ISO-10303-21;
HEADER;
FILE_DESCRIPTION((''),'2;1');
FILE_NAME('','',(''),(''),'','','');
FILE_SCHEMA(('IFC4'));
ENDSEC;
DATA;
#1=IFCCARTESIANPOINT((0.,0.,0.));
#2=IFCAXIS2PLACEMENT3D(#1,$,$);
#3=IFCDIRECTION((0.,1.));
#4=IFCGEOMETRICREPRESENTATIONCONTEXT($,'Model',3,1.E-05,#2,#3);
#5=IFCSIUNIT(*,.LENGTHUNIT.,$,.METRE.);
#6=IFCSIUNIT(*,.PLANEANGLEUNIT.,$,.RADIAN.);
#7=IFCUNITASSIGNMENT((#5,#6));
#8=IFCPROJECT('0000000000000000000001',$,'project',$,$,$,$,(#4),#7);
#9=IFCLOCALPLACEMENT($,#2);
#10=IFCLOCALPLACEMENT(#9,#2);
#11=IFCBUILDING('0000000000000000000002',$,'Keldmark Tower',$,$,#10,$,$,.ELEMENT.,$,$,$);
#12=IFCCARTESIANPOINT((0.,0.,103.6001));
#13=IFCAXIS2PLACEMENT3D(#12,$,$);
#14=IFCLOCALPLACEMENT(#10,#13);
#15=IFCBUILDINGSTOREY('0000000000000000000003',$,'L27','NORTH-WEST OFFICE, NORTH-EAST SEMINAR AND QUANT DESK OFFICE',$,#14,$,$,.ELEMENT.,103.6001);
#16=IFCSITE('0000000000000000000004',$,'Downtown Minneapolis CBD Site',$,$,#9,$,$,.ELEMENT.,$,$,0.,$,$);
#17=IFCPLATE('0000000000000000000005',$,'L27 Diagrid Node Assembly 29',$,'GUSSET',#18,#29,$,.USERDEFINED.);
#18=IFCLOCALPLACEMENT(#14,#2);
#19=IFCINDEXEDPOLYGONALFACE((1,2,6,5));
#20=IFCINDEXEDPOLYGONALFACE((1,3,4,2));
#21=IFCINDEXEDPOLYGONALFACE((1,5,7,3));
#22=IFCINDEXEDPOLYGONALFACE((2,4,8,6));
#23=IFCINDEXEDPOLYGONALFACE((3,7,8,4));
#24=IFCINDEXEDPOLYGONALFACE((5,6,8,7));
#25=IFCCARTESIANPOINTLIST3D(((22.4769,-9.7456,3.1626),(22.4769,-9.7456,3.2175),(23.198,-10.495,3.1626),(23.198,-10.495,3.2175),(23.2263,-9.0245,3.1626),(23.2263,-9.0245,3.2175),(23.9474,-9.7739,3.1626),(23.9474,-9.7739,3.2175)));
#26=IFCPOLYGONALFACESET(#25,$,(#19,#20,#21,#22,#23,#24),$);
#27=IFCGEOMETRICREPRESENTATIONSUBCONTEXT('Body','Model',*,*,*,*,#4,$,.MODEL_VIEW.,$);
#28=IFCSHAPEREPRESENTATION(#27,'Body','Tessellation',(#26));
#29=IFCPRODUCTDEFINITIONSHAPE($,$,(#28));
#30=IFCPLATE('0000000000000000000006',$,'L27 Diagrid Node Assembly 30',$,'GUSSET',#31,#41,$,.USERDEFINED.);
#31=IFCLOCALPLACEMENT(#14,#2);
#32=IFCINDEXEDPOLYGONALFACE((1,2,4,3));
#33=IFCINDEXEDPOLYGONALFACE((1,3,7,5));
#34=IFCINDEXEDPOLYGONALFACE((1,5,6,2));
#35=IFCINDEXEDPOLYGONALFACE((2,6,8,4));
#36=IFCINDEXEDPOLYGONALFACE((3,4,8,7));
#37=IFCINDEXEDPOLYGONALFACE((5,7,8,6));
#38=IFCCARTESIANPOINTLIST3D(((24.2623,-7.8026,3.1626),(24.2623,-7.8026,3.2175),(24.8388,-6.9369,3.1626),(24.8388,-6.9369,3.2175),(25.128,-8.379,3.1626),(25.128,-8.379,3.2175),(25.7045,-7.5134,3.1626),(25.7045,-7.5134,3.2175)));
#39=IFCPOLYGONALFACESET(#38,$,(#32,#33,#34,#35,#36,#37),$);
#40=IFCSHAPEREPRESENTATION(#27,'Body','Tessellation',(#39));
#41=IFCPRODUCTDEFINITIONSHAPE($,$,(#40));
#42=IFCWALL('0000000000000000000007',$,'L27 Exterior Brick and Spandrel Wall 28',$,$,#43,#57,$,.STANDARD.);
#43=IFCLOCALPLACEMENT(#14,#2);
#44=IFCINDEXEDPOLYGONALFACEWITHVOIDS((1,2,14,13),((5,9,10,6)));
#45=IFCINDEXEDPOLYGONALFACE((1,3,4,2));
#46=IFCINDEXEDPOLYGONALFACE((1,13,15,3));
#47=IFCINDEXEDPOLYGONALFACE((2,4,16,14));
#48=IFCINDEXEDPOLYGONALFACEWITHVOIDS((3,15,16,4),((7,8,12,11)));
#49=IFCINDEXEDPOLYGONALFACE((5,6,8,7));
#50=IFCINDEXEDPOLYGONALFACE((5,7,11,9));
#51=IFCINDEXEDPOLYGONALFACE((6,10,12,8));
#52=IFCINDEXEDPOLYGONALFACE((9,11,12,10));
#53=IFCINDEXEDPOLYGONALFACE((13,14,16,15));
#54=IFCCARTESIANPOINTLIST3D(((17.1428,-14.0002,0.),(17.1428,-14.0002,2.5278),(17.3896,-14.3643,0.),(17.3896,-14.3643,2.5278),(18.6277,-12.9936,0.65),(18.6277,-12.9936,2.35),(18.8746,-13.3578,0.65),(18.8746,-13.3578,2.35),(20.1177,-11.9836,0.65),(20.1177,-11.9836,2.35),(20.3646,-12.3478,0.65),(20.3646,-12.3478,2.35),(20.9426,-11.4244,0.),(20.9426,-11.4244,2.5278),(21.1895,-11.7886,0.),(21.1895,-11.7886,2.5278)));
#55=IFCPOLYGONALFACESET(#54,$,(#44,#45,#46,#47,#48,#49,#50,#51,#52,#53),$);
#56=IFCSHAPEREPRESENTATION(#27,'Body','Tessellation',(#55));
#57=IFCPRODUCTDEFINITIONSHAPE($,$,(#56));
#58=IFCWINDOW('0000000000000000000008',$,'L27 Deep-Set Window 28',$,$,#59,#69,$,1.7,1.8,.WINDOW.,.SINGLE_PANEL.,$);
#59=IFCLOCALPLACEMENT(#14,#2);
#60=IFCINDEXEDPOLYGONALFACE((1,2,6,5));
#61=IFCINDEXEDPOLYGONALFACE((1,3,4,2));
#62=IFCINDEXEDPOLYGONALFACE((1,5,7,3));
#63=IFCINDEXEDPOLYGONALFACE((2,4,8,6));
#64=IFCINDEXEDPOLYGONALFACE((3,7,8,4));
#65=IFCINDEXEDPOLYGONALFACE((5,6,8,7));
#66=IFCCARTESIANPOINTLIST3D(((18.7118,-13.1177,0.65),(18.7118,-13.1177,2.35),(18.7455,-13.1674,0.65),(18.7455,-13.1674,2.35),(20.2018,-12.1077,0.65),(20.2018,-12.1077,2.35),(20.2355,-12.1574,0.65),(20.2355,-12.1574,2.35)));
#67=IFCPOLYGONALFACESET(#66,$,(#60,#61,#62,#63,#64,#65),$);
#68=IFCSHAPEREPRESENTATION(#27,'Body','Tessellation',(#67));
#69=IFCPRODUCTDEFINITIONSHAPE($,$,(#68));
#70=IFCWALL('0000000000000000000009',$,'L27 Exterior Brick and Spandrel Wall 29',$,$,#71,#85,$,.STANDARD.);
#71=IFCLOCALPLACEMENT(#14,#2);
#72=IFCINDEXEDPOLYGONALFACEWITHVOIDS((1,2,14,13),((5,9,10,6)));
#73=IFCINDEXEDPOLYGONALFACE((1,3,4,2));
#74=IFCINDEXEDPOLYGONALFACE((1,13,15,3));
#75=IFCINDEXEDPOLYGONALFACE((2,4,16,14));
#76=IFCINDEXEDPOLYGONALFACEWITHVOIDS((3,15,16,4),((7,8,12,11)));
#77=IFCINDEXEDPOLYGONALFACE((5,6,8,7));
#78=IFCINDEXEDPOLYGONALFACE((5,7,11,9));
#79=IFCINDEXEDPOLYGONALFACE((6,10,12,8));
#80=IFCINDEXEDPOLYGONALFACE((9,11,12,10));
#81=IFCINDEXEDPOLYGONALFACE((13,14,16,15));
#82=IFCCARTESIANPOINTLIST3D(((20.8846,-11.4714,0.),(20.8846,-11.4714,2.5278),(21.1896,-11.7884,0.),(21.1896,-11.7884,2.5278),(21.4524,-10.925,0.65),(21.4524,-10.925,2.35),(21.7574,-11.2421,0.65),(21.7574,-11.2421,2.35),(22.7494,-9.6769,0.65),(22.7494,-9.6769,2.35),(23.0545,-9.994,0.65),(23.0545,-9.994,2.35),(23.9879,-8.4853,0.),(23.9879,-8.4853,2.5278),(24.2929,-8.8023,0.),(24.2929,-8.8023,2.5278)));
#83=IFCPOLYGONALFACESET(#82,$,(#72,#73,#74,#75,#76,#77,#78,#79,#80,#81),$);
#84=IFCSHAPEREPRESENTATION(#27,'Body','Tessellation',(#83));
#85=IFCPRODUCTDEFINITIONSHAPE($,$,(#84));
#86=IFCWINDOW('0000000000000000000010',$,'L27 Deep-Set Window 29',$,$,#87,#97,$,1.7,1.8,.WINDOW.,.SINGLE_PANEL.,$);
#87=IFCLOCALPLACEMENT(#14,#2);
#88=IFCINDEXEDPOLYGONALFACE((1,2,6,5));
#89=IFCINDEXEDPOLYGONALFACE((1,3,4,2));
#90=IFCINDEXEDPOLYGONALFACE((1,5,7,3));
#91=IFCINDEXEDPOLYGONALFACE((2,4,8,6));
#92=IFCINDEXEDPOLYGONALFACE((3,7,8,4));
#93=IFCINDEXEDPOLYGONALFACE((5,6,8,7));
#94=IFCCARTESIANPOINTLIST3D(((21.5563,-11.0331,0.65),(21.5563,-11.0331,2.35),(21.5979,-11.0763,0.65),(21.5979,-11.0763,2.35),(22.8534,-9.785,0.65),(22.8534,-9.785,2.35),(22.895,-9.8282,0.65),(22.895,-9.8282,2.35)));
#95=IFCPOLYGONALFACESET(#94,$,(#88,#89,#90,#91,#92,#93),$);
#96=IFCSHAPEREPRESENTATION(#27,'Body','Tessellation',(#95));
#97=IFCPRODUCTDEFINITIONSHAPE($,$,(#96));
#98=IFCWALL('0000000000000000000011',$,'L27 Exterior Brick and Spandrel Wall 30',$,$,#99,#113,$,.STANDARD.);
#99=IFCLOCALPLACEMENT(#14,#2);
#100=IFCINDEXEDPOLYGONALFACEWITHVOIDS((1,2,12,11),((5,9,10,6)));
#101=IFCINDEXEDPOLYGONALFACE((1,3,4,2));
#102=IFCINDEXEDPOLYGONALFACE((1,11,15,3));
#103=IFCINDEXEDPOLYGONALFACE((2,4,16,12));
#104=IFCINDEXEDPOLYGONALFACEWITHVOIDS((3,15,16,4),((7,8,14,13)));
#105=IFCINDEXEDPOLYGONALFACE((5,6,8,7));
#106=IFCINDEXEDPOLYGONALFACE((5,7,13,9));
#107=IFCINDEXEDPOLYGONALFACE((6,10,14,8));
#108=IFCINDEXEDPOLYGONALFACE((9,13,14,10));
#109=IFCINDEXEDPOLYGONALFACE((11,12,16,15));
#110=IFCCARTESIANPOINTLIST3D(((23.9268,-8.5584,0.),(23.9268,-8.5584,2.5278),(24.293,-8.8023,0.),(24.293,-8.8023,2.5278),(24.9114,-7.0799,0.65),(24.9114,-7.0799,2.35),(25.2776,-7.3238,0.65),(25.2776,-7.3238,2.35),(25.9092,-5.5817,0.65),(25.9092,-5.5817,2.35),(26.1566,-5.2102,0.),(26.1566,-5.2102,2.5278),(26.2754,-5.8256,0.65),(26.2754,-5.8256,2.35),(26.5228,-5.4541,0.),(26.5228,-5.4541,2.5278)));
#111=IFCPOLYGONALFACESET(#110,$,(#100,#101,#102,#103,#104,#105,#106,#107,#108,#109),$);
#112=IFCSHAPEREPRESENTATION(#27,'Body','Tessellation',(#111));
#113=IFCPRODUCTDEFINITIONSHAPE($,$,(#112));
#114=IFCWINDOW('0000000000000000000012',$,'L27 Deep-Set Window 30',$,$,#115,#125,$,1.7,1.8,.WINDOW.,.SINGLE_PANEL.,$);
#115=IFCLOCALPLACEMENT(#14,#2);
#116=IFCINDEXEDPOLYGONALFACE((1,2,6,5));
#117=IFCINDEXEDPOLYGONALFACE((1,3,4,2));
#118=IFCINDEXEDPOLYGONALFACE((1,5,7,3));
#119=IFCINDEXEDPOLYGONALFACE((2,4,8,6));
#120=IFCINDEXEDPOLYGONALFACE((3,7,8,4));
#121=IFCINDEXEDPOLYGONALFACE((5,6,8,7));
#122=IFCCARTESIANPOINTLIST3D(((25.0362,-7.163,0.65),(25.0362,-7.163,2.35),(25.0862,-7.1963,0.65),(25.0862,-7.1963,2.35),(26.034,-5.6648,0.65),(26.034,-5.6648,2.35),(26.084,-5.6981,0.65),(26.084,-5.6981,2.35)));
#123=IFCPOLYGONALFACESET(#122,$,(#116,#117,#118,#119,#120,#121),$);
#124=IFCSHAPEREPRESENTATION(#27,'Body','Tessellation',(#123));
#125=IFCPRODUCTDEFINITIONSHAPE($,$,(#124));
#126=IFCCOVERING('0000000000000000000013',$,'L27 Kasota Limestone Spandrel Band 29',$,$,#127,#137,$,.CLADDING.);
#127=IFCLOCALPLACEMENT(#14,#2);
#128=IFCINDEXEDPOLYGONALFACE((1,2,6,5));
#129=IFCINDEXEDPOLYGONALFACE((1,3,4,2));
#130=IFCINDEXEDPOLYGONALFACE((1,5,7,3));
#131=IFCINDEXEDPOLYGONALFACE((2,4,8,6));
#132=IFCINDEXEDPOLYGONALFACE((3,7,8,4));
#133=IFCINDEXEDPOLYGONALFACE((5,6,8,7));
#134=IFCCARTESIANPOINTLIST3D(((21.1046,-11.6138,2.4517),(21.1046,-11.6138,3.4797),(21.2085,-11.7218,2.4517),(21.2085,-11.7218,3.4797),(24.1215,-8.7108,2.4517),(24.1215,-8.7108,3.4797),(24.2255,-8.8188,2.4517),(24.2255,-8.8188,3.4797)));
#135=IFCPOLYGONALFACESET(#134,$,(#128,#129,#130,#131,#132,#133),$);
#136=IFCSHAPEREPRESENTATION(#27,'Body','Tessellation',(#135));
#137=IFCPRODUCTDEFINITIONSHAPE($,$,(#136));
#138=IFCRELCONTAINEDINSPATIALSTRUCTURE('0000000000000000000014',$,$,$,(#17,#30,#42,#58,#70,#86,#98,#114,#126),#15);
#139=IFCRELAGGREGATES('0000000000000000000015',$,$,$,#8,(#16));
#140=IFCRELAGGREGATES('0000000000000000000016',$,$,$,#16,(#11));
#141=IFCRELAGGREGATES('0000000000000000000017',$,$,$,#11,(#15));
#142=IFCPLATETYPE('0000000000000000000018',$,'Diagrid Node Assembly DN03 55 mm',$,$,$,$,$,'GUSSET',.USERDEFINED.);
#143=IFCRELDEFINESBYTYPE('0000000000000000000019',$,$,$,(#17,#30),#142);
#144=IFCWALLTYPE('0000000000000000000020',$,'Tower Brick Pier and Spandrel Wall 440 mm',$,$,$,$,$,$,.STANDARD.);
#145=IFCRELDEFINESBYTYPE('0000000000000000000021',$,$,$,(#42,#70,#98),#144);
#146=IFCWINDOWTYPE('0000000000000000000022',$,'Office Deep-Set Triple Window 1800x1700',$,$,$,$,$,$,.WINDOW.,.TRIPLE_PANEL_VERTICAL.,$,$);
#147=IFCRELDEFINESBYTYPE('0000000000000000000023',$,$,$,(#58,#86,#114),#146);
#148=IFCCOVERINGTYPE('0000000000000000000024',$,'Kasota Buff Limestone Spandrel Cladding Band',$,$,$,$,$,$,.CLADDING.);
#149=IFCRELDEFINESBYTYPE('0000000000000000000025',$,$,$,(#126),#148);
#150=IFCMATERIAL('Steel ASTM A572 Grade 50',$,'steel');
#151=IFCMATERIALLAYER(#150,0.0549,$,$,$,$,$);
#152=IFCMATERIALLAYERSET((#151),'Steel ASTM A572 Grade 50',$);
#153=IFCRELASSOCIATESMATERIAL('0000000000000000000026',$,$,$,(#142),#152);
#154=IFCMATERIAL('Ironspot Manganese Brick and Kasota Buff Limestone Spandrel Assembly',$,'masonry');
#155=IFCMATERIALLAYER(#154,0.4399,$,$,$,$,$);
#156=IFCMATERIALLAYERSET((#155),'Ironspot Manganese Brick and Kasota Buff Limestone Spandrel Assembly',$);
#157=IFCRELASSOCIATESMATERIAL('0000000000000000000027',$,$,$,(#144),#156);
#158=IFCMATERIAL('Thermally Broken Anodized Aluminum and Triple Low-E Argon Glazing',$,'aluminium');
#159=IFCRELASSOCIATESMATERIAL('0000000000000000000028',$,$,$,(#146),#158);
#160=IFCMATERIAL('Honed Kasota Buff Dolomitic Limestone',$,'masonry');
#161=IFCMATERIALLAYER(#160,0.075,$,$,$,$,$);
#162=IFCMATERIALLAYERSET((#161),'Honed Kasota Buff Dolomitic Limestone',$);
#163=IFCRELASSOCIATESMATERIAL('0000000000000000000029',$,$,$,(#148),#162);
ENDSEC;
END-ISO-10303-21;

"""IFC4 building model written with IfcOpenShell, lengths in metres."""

from ifc_helpers import new_model, si_unit, direction, frame, frame_2d, origin, origin_2d, place, context, subcontext, project, spatial, rectangle, extrude, material, layer, layer_set, type_object, element, fill, save


model = new_model("IFC4")

# Units and contexts
model_context = context("Model", 3, precision=1e-05, world=origin(), true_north=direction((0.0, 1.0)))
body_context = subcontext(model_context, "Body", "Model", "MODEL_VIEW")
ifc_project = project(units=[si_unit("LENGTHUNIT", "METRE"), si_unit("PLANEANGLEUNIT", "RADIAN")], contexts=[model_context])

# Site, building, storey
site_placement = place(None, origin())
site = spatial("IfcSite", under=ifc_project, at=site_placement, Name="Downtown Minneapolis CBD Site", CompositionType="ELEMENT", RefElevation=0.0)
building_placement = place(site_placement, origin())
building = spatial("IfcBuilding", under=site, at=building_placement, Name="Keldmark Tower", CompositionType="ELEMENT")
storey_placement = place(building_placement, frame((0.0, 0.0, 103.6001)))
storey = spatial("IfcBuildingStorey", under=building, at=storey_placement, Name="L27", Description="NORTH-WEST OFFICE, NORTH-EAST SEMINAR AND QUANT DESK OFFICE", CompositionType="ELEMENT", Elevation=103.6001)

# Plates
ifc_material_1 = material(Name="Steel ASTM A572 Grade 50", Category="steel")
ifc_layer_1 = layer(ifc_material_1, 0.0549)
ifc_layer_set_1 = layer_set([ifc_layer_1], Name="Steel ASTM A572 Grade 50")
plate_type = type_object("IfcPlateType", Name="Diagrid Node Assembly DN03 55 mm", ElementType="GUSSET", PredefinedType="USERDEFINED", material=ifc_layer_set_1)
for number, where, z_axis, x_axis, name in (
    (1, (23.2122, -9.7598, 3.1626), (0.0, 0.0, 1.0), (0.720551, 0.693402, 0.0), "L27 Diagrid Node Assembly 29"),
    (2, (24.9834, -7.658, 3.1626), (0.0, 0.0, 1.0), (0.554263, 0.832341, 0.0), "L27 Diagrid Node Assembly 30"),
):
    element("IfcPlate", number, at=place(storey_placement, frame(where, z_axis=z_axis, x_axis=x_axis)), inside=storey, type_object=plate_type, Name=name, ObjectType="GUSSET", PredefinedType="USERDEFINED", context=body_context, shape_type="SweptSolid", body=[
        extrude(rectangle(XDim=1.04, YDim=1.04, at=origin_2d()), origin(), (0.0, 0.0, 1.0), 0.0549),
    ])

# Walls, openings, windows
ifc_material_2 = material(Name="Ironspot Manganese Brick and Kasota Buff Limestone Spandrel Assembly", Category="masonry")
ifc_layer_2 = layer(ifc_material_2, 0.4399)
ifc_layer_set_2 = layer_set([ifc_layer_2], Name="Ironspot Manganese Brick and Kasota Buff Limestone Spandrel Assembly")
wall_type = type_object("IfcWallType", Name="Tower Brick Pier and Spandrel Wall 440 mm", PredefinedType="STANDARD", material=ifc_layer_set_2)
wall_1_placement = place(storey_placement, frame((21.0662, -11.6064, 0.0), z_axis=(0.0, 0.0, 1.0), x_axis=(-0.827755, -0.56109, 0.0)))
wall_1 = element("IfcWall", 3, at=wall_1_placement, inside=storey, type_object=wall_type, Name="L27 Exterior Brick and Spandrel Wall 28", PredefinedType="STANDARD", context=body_context, shape_type="SweptSolid", body=[
    extrude(rectangle(XDim=4.5906, YDim=0.4399, at=frame_2d((2.2954, 0.0))), origin(), (0.0, 0.0, 1.0), 2.5278),
])
opening_1_placement = place(wall_1_placement, frame((0.9968, 0.0, 0.6499)))
opening_1 = element("IfcOpeningElement", 4, at=opening_1_placement, cuts=wall_1, PredefinedType="OPENING", context=body_context, shape_type="SweptSolid", body=[
    extrude(rectangle(XDim=1.8, YDim=1.7, at=frame_2d((0.8999, 0.8501))), frame((0.0, 0.23, 0.0), z_axis=(0.0, -1.0, 0.0), x_axis=(1.0, 0.0, 0.0)), (0.0, 0.0, 1.0), 0.46),
])
ifc_material_3 = material(Name="Thermally Broken Anodized Aluminum and Triple Low-E Argon Glazing", Category="aluminium")
window_type = type_object("IfcWindowType", Name="Office Deep-Set Triple Window 1800x1700", PartitioningType="TRIPLE_PANEL_VERTICAL", PredefinedType="WINDOW", material=ifc_material_3)
window_1_placement = place(opening_1_placement, origin())
window_1 = element("IfcWindow", 5, at=window_1_placement, inside=storey, type_object=window_type, Name="L27 Deep-Set Window 28", OverallHeight=1.7, OverallWidth=1.8, PartitioningType="SINGLE_PANEL", PredefinedType="WINDOW", context=body_context, shape_type="SweptSolid", body=[
    extrude(rectangle(XDim=1.8, YDim=1.7, at=frame_2d((0.8999, 0.8501))), frame((0.0, -0.01, 0.0), z_axis=(0.0, -1.0, 0.0), x_axis=(1.0, 0.0, 0.0)), (0.0, 0.0, 1.0), 0.0601),
])
fill(opening_1, window_1)
wall_2_placement = place(storey_placement, frame((24.1404, -8.6438, 0.0), z_axis=(0.0, 0.0, 1.0), x_axis=(-0.720581, -0.69337, 0.0)))
wall_2 = element("IfcWall", 6, at=wall_2_placement, inside=storey, type_object=wall_type, Name="L27 Exterior Brick and Spandrel Wall 29", PredefinedType="STANDARD", context=body_context, shape_type="SweptSolid", body=[
    extrude(rectangle(XDim=4.3066, YDim=0.4399, at=frame_2d((2.1533, 0.0))), origin(), (0.0, 0.0, 1.0), 2.5278),
])
opening_2_placement = place(wall_2_placement, frame((1.7188, 0.0, 0.6499)))
opening_2 = element("IfcOpeningElement", 7, at=opening_2_placement, cuts=wall_2, PredefinedType="OPENING", context=body_context, shape_type="SweptSolid", body=[
    extrude(rectangle(XDim=1.8, YDim=1.7, at=frame_2d((0.8999, 0.8501))), frame((0.0, 0.23, 0.0), z_axis=(0.0, -1.0, 0.0), x_axis=(1.0, 0.0, 0.0)), (0.0, 0.0, 1.0), 0.46),
])
window_2_placement = place(opening_2_placement, origin())
window_2 = element("IfcWindow", 8, at=window_2_placement, inside=storey, type_object=window_type, Name="L27 Deep-Set Window 29", OverallHeight=1.7, OverallWidth=1.8, PartitioningType="SINGLE_PANEL", PredefinedType="WINDOW", context=body_context, shape_type="SweptSolid", body=[
    extrude(rectangle(XDim=1.8, YDim=1.7, at=frame_2d((0.8999, 0.8501))), frame((0.0, -0.01, 0.0), z_axis=(0.0, -1.0, 0.0), x_axis=(1.0, 0.0, 0.0)), (0.0, 0.0, 1.0), 0.0601),
])
fill(opening_2, window_2)
wall_3_placement = place(storey_placement, frame((26.3396, -5.3323, 0.0), z_axis=(0.0, 0.0, 1.0), x_axis=(-0.554294, -0.832321, 0.0)))
wall_3 = element("IfcWall", 9, at=wall_3_placement, inside=storey, type_object=wall_type, Name="L27 Exterior Brick and Spandrel Wall 30", PredefinedType="STANDARD", context=body_context, shape_type="SweptSolid", body=[
    extrude(rectangle(XDim=4.0227, YDim=0.4399, at=frame_2d((2.0112, 0.0))), origin(), (0.0, 0.0, 1.0), 2.5278),
])
opening_3_placement = place(wall_3_placement, frame((0.4463, 0.0, 0.6499)))
opening_3 = element("IfcOpeningElement", 10, at=opening_3_placement, cuts=wall_3, PredefinedType="OPENING", context=body_context, shape_type="SweptSolid", body=[
    extrude(rectangle(XDim=1.8, YDim=1.7, at=frame_2d((0.8999, 0.8501))), frame((0.0, 0.23, 0.0), z_axis=(0.0, -1.0, 0.0), x_axis=(1.0, 0.0, 0.0)), (0.0, 0.0, 1.0), 0.46),
])
window_3_placement = place(opening_3_placement, origin())
window_3 = element("IfcWindow", 11, at=window_3_placement, inside=storey, type_object=window_type, Name="L27 Deep-Set Window 30", OverallHeight=1.7, OverallWidth=1.8, PartitioningType="SINGLE_PANEL", PredefinedType="WINDOW", context=body_context, shape_type="SweptSolid", body=[
    extrude(rectangle(XDim=1.8, YDim=1.7, at=frame_2d((0.8999, 0.8501))), frame((0.0, -0.01, 0.0), z_axis=(0.0, -1.0, 0.0), x_axis=(1.0, 0.0, 0.0)), (0.0, 0.0, 1.0), 0.0601),
])
fill(opening_3, window_3)

# Covering
ifc_material_4 = material(Name="Honed Kasota Buff Dolomitic Limestone", Category="masonry")
ifc_layer_3 = layer(ifc_material_4, 0.075)
ifc_layer_set_3 = layer_set([ifc_layer_3], Name="Honed Kasota Buff Dolomitic Limestone")
covering_type = type_object("IfcCoveringType", Name="Kasota Buff Limestone Spandrel Cladding Band", PredefinedType="CLADDING", material=ifc_layer_set_3)
covering_placement = place(storey_placement, frame((22.665, -10.2163, 2.4517), z_axis=(0.0, 0.0, 1.0), x_axis=(0.720587, 0.693364, 0.0)))
element("IfcCovering", 12, at=covering_placement, inside=storey, type_object=covering_type, Name="L27 Kasota Limestone Spandrel Band 29", PredefinedType="CLADDING", context=body_context, shape_type="SweptSolid", body=[
    extrude(rectangle(XDim=4.1868, YDim=0.1499, at=origin_2d()), origin(), (0.0, 0.0, 1.0), 1.0281),
])

save(model, "model.ifc")
